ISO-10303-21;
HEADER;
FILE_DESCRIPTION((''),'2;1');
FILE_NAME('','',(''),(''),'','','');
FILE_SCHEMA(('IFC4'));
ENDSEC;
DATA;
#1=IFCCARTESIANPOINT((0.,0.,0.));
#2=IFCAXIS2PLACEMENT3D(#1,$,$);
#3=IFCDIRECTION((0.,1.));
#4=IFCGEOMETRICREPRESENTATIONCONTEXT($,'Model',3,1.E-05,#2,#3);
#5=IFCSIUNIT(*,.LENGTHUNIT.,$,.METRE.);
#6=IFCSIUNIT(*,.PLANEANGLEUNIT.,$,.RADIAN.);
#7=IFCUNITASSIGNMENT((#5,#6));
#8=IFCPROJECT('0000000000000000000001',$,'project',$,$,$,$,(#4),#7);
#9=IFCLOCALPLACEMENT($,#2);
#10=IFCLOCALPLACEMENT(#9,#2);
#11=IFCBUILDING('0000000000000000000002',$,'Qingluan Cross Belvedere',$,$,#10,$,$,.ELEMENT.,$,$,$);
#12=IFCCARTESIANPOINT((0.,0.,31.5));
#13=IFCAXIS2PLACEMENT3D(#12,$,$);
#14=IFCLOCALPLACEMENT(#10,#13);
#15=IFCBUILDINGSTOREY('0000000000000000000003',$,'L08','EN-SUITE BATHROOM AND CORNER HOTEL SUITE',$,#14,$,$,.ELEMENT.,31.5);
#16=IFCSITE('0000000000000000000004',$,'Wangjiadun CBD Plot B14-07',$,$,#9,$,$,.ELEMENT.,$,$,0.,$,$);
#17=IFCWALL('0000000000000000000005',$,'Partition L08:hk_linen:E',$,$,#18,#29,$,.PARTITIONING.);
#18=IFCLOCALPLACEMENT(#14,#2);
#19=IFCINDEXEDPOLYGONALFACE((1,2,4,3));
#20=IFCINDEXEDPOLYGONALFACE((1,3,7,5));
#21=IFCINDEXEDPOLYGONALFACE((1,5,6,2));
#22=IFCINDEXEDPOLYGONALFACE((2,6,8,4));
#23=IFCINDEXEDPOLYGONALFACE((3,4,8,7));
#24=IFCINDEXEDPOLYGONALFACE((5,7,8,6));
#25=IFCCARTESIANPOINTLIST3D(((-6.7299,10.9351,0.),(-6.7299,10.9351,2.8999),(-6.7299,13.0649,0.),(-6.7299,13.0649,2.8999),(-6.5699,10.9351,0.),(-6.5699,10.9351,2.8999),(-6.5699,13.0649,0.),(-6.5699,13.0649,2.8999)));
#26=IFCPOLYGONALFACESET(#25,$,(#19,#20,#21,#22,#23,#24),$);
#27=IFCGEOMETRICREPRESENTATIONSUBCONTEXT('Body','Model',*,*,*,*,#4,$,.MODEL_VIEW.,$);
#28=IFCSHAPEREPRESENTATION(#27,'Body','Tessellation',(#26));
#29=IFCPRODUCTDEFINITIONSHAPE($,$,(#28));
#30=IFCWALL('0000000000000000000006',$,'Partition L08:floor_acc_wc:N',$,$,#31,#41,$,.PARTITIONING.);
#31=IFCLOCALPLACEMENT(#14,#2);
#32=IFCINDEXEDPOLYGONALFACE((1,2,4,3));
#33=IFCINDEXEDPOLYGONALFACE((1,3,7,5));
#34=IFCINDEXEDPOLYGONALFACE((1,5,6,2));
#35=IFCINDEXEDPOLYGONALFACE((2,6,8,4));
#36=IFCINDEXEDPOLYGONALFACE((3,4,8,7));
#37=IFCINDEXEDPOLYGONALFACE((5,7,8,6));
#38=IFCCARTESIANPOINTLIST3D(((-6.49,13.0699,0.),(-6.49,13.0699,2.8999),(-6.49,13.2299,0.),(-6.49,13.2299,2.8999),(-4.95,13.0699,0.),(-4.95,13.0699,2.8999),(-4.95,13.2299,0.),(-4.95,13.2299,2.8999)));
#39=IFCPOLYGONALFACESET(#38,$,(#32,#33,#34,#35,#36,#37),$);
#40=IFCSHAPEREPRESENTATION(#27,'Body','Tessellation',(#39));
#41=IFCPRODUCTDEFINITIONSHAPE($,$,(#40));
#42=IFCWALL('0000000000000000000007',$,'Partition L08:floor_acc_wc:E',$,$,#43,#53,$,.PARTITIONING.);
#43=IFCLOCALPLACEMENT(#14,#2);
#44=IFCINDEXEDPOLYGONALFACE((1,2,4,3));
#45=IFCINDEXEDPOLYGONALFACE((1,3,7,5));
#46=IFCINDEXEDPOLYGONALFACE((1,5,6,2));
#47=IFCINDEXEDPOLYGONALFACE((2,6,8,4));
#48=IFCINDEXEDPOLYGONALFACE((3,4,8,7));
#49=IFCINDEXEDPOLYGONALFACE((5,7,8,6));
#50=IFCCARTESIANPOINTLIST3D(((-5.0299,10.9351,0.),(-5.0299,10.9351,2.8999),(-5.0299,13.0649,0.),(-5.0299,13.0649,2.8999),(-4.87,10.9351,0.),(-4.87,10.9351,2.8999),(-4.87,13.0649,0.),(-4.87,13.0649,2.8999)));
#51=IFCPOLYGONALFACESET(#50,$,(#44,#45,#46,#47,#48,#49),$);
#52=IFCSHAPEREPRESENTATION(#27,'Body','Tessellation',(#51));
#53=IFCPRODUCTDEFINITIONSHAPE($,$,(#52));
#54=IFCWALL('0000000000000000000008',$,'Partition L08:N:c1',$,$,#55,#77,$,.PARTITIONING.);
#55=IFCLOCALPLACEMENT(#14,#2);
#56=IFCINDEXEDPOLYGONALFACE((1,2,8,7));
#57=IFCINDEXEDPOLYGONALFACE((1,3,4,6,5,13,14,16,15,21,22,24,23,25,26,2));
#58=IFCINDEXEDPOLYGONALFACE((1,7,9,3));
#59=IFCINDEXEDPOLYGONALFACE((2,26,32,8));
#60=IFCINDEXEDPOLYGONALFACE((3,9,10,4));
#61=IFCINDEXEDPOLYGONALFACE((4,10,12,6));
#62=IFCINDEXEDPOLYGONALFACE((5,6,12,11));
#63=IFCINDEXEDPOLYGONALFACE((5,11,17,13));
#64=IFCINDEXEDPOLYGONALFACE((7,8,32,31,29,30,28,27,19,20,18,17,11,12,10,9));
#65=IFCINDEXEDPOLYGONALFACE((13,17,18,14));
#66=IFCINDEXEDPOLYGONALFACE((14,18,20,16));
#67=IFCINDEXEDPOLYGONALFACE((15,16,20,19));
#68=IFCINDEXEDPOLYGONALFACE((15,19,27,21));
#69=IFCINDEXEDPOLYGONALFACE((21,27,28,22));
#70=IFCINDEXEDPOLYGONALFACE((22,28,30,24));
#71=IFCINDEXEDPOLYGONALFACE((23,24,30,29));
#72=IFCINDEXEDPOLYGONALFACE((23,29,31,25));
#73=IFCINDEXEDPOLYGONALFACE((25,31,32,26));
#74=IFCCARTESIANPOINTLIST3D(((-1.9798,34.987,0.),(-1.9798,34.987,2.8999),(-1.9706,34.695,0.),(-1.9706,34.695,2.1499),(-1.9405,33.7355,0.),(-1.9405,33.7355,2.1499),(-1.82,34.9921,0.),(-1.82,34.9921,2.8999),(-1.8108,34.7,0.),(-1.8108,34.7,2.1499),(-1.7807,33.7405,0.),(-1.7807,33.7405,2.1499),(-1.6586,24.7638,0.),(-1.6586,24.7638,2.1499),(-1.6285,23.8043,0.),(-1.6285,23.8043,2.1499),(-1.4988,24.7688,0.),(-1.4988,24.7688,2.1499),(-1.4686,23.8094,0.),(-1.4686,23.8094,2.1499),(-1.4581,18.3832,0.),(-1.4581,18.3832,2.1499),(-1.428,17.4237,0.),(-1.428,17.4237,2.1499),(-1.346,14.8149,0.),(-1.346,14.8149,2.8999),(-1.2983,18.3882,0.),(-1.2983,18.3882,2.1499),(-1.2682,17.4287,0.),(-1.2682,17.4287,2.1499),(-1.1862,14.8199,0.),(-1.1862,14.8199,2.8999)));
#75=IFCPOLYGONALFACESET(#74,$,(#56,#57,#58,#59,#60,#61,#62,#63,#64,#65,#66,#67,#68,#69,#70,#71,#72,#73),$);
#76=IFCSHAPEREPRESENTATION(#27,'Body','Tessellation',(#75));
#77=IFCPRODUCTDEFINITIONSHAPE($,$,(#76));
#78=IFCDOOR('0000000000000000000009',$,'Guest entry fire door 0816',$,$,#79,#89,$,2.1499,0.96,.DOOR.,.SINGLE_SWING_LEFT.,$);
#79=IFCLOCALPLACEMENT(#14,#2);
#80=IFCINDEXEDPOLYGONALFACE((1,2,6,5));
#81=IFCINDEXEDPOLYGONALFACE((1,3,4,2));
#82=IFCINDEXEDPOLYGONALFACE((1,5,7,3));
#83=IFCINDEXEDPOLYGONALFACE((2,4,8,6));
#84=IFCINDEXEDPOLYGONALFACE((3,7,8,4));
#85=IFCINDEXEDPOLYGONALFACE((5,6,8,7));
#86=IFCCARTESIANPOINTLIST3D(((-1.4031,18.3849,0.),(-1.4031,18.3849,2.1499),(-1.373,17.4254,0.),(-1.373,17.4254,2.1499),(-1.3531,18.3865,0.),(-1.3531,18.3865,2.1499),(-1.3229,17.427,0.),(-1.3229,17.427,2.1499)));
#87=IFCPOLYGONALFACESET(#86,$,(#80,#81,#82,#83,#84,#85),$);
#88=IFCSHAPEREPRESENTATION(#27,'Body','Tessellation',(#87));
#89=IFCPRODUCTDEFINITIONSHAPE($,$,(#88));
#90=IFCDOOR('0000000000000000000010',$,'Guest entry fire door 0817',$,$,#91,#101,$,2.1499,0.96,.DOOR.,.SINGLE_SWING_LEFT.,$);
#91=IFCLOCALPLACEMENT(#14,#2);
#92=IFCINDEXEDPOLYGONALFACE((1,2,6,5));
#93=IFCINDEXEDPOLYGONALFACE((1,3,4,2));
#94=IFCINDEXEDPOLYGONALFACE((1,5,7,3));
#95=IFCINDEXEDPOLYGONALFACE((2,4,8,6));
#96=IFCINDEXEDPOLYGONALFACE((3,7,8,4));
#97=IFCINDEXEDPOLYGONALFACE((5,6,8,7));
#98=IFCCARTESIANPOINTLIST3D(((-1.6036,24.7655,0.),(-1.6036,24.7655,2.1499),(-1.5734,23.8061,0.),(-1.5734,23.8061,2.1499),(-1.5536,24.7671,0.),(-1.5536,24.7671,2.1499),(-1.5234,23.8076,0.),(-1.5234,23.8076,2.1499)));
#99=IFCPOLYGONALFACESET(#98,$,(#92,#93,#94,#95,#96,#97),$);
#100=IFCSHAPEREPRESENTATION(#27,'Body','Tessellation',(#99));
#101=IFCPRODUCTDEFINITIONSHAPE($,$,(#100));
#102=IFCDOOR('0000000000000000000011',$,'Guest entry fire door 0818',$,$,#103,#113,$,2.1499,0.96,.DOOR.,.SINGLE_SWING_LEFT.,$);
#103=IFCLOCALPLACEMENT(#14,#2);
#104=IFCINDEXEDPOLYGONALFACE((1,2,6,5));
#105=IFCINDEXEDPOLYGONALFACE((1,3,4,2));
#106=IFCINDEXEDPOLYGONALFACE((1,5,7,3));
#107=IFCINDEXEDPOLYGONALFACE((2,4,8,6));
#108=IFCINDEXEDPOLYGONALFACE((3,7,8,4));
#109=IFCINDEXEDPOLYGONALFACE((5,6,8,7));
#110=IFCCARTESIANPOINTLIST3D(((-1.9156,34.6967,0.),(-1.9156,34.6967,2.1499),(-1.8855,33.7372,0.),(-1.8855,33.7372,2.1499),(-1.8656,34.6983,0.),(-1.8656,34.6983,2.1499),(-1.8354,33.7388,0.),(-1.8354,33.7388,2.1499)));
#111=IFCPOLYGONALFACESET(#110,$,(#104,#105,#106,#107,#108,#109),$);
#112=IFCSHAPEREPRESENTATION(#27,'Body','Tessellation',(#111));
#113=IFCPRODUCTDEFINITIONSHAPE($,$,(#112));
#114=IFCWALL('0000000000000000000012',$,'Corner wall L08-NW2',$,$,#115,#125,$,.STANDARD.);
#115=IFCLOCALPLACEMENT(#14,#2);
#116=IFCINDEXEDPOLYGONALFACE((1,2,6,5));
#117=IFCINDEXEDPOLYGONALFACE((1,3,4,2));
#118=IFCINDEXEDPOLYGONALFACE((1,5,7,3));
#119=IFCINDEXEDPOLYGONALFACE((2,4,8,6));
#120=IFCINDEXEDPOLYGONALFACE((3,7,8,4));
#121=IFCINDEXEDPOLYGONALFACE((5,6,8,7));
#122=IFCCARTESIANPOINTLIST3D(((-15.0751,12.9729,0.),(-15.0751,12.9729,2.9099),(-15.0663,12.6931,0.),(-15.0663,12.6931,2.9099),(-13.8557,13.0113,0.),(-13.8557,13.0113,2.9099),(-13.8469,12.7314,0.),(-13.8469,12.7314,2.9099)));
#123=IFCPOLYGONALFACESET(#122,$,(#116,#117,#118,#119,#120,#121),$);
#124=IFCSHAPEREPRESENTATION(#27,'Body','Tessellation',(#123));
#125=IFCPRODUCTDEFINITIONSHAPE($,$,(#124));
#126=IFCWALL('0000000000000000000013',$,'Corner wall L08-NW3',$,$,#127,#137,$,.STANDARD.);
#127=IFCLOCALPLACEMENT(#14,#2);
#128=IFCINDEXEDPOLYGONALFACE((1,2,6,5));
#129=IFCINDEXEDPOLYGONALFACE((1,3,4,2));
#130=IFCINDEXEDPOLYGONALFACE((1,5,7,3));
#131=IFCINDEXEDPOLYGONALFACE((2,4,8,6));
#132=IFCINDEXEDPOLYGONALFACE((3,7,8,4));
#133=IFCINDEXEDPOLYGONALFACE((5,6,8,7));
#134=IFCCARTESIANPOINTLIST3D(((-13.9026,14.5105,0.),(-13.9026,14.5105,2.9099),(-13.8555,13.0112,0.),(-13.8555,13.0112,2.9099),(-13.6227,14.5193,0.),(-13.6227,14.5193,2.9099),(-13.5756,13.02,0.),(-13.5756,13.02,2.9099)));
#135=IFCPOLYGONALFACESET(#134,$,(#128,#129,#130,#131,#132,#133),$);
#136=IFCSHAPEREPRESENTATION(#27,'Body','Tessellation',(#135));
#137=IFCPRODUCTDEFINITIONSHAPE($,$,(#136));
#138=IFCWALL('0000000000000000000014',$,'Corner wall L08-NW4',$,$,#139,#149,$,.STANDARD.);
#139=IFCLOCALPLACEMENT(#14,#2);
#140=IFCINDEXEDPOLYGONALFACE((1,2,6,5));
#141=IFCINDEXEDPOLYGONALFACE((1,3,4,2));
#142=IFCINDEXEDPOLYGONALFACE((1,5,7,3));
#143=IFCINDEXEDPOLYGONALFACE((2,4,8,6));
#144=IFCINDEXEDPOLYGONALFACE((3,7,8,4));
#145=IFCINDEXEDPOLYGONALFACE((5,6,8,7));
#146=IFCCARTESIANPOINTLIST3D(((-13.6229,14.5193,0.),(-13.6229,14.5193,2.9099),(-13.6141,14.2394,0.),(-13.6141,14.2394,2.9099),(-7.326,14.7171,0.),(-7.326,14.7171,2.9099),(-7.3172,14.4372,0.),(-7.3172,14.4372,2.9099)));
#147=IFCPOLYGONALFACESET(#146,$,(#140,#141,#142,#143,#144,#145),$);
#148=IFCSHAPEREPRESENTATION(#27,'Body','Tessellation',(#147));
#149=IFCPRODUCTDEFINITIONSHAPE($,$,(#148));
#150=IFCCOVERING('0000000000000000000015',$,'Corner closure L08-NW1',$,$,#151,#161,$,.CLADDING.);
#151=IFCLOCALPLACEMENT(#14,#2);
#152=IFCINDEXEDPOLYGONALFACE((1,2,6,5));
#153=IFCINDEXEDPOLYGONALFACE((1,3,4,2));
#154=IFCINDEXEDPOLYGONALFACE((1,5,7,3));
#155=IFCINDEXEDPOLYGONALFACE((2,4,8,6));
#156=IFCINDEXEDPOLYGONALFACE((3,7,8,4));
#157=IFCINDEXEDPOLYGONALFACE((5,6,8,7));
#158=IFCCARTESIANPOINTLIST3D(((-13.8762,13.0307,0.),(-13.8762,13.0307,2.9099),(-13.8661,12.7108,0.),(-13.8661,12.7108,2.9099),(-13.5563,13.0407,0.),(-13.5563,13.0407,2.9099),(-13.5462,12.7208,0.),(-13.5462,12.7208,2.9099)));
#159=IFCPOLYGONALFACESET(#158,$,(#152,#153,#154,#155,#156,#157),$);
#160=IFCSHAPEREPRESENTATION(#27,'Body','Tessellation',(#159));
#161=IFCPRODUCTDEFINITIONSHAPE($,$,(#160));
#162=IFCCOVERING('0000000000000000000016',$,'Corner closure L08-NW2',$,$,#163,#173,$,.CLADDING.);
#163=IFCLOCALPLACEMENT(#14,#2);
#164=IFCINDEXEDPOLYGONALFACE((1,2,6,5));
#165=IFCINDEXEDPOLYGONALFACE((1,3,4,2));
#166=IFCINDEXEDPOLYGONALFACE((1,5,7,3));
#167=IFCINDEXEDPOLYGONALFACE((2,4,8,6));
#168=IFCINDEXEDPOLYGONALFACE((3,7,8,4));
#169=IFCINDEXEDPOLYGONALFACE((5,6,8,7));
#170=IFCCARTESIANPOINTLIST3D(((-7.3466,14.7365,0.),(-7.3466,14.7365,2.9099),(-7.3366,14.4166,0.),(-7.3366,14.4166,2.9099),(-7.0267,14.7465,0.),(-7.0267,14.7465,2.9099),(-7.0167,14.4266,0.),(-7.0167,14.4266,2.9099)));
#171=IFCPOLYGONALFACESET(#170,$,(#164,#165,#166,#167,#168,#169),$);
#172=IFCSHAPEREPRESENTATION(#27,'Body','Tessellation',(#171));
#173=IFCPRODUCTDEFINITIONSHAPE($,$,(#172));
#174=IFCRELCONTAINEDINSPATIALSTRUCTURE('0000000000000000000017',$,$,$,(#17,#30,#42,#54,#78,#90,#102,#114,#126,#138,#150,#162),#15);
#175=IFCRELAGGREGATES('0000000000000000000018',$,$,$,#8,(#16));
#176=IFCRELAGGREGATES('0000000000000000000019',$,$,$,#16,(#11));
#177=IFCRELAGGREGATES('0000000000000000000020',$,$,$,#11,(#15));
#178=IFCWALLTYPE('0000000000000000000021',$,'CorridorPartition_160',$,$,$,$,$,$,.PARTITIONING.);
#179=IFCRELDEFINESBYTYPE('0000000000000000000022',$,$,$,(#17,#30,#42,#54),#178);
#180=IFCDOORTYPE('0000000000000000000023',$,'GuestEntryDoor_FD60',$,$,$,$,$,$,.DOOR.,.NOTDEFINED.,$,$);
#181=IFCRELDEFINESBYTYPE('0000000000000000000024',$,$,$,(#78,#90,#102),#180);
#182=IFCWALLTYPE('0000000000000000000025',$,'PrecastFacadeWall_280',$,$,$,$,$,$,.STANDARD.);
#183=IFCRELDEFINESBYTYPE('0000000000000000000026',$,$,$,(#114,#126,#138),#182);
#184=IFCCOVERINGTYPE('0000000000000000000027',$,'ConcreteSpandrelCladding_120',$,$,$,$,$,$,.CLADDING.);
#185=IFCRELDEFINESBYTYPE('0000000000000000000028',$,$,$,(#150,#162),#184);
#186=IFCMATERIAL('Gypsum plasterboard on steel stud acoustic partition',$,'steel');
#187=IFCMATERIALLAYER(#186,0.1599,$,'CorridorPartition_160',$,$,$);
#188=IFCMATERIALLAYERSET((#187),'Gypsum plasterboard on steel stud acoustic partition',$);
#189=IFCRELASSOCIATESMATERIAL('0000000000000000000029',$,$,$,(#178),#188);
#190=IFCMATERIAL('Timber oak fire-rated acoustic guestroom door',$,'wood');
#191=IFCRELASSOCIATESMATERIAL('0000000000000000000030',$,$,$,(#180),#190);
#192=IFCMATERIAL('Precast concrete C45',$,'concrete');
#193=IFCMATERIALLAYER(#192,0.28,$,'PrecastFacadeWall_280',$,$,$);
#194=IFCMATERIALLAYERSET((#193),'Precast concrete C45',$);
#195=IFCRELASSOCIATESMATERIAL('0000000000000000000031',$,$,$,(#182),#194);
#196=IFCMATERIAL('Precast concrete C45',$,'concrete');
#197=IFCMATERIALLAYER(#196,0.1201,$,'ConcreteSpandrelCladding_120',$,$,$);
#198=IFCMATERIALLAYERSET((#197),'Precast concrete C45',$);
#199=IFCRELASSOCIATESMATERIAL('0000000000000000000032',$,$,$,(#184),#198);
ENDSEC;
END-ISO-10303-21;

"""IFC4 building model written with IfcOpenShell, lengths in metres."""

from ifc_helpers import new_model, si_unit, direction, frame, frame_2d, origin, origin_2d, place, context, subcontext, project, spatial, rectangle, extrude, material, layer, layer_set, type_object, element, fill, save


model = new_model("IFC4")

# Units and contexts
model_context = context("Model", 3, precision=1e-05, world=origin(), true_north=direction((0.0, 1.0)))
body_context = subcontext(model_context, "Body", "Model", "MODEL_VIEW")
ifc_project = project(units=[si_unit("LENGTHUNIT", "METRE"), si_unit("PLANEANGLEUNIT", "RADIAN")], contexts=[model_context])

# Site, building, storey
site_placement = place(None, origin())
site = spatial("IfcSite", under=ifc_project, at=site_placement, Name="Wangjiadun CBD Plot B14-07", CompositionType="ELEMENT", RefElevation=0.0)
building_placement = place(site_placement, origin())
building = spatial("IfcBuilding", under=site, at=building_placement, Name="Qingluan Cross Belvedere", CompositionType="ELEMENT")
storey_placement = place(building_placement, frame((0.0, 0.0, 31.5)))
storey = spatial("IfcBuildingStorey", under=building, at=storey_placement, Name="L08", Description="EN-SUITE BATHROOM AND CORNER HOTEL SUITE", CompositionType="ELEMENT", Elevation=31.5)

# Wall
ifc_material_1 = material(Name="Gypsum plasterboard on steel stud acoustic partition", Category="steel")
ifc_layer_1 = layer(ifc_material_1, 0.1599, Name="CorridorPartition_160")
ifc_layer_set_1 = layer_set([ifc_layer_1], Name="Gypsum plasterboard on steel stud acoustic partition")
wall_type_1 = type_object("IfcWallType", Name="CorridorPartition_160", PredefinedType="PARTITIONING", material=ifc_layer_set_1)
wall_1_placement = place(storey_placement, frame((-6.6499, 10.9351, 0.0), z_axis=(0.0, 0.0, 1.0), x_axis=(0.0, 1.0, 0.0)))
element("IfcWall", 1, at=wall_1_placement, inside=storey, type_object=wall_type_1, Name="Partition L08:hk_linen:E", PredefinedType="PARTITIONING", context=body_context, shape_type="SweptSolid", body=[
    extrude(rectangle(XDim=2.1299, YDim=0.1599, at=frame_2d((1.0649, 0.0))), origin(), (0.0, 0.0, 1.0), 2.8999),
])

# Walls
wall_2_placement = place(storey_placement, frame((-6.49, 13.1499, 0.0), z_axis=(0.0, 0.0, 1.0), x_axis=(1.0, 0.0, 0.0)))
element("IfcWall", 2, at=wall_2_placement, inside=storey, type_object=wall_type_1, Name="Partition L08:floor_acc_wc:N", PredefinedType="PARTITIONING", context=body_context, shape_type="SweptSolid", body=[
    extrude(rectangle(XDim=1.54, YDim=0.1599, at=frame_2d((0.77, 0.0))), origin(), (0.0, 0.0, 1.0), 2.8999),
])
wall_3_placement = place(storey_placement, frame((-4.95, 10.9351, 0.0), z_axis=(0.0, 0.0, 1.0), x_axis=(0.0, 1.0, 0.0)))
element("IfcWall", 3, at=wall_3_placement, inside=storey, type_object=wall_type_1, Name="Partition L08:floor_acc_wc:E", PredefinedType="PARTITIONING", context=body_context, shape_type="SweptSolid", body=[
    extrude(rectangle(XDim=2.1299, YDim=0.1599, at=frame_2d((1.0649, 0.0))), origin(), (0.0, 0.0, 1.0), 2.8999),
])

# Wall, openings, doors
wall_4_placement = place(storey_placement, frame((-1.2661, 14.8174, 0.0), z_axis=(0.0, 0.0, 1.0), x_axis=(-0.031404, 0.999507, 0.0)))
wall_4 = element("IfcWall", 4, at=wall_4_placement, inside=storey, type_object=wall_type_1, Name="Partition L08:N:c1", PredefinedType="PARTITIONING", context=body_context, shape_type="SweptSolid", body=[
    extrude(rectangle(XDim=20.1821, YDim=0.1599, at=frame_2d((10.0911, 0.0))), origin(), (0.0, 0.0, 1.0), 2.8999),
])
opening_1_placement = place(wall_4_placement, frame((2.6101, 0.0, 0.0)))
opening_1 = element("IfcOpeningElement", 5, at=opening_1_placement, cuts=wall_4, PredefinedType="OPENING", context=body_context, shape_type="SweptSolid", body=[
    extrude(rectangle(XDim=0.96, YDim=2.1499, at=frame_2d((0.48, 1.075))), frame((0.0, 0.0898, 0.0), z_axis=(0.0, -1.0, 0.0), x_axis=(1.0, 0.0, 0.0)), (0.0, 0.0, 1.0), 0.1799),
])
opening_2_placement = place(wall_4_placement, frame((8.9939, 0.0, 0.0)))
opening_2 = element("IfcOpeningElement", 6, at=opening_2_placement, cuts=wall_4, PredefinedType="OPENING", context=body_context, shape_type="SweptSolid", body=[
    extrude(rectangle(XDim=0.96, YDim=2.1499, at=frame_2d((0.48, 1.075))), frame((0.0, 0.0898, 0.0), z_axis=(0.0, -1.0, 0.0), x_axis=(1.0, 0.0, 0.0)), (0.0, 0.0, 1.0), 0.1799),
])
opening_3_placement = place(wall_4_placement, frame((18.9299, 0.0, 0.0)))
opening_3 = element("IfcOpeningElement", 7, at=opening_3_placement, cuts=wall_4, PredefinedType="OPENING", context=body_context, shape_type="SweptSolid", body=[
    extrude(rectangle(XDim=0.96, YDim=2.1499, at=frame_2d((0.48, 1.075))), frame((0.0, 0.0898, 0.0), z_axis=(0.0, -1.0, 0.0), x_axis=(1.0, 0.0, 0.0)), (0.0, 0.0, 1.0), 0.1799),
])
ifc_material_2 = material(Name="Timber oak fire-rated acoustic guestroom door", Category="wood")
door_type_1 = type_object("IfcDoorType", Name="GuestEntryDoor_FD60", OperationType="NOTDEFINED", PredefinedType="DOOR", material=ifc_material_2)
door_1_placement = place(opening_1_placement, origin())
door_1 = element("IfcDoor", 8, at=door_1_placement, inside=storey, type_object=door_type_1, Name="Guest entry fire door 0816", OperationType="SINGLE_SWING_LEFT", OverallHeight=2.1499, OverallWidth=0.96, PredefinedType="DOOR", context=body_context, shape_type="SweptSolid", body=[
    extrude(rectangle(XDim=0.96, YDim=2.1499, at=frame_2d((0.48, 1.075))), frame((0.0, 0.0249, 0.0), z_axis=(0.0, -1.0, 0.0), x_axis=(1.0, 0.0, 0.0)), (0.0, 0.0, 1.0), 0.05),
])
fill(opening_1, door_1)
door_2_placement = place(opening_2_placement, origin())
door_2 = element("IfcDoor", 9, at=door_2_placement, inside=storey, type_object=door_type_1, Name="Guest entry fire door 0817", OperationType="SINGLE_SWING_LEFT", OverallHeight=2.1499, OverallWidth=0.96, PredefinedType="DOOR", context=body_context, shape_type="SweptSolid", body=[
    extrude(rectangle(XDim=0.96, YDim=2.1499, at=frame_2d((0.48, 1.075))), frame((0.0, 0.0249, 0.0), z_axis=(0.0, -1.0, 0.0), x_axis=(1.0, 0.0, 0.0)), (0.0, 0.0, 1.0), 0.05),
])
fill(opening_2, door_2)
door_3_placement = place(opening_3_placement, origin())
door_3 = element("IfcDoor", 10, at=door_3_placement, inside=storey, type_object=door_type_1, Name="Guest entry fire door 0818", OperationType="SINGLE_SWING_LEFT", OverallHeight=2.1499, OverallWidth=0.96, PredefinedType="DOOR", context=body_context, shape_type="SweptSolid", body=[
    extrude(rectangle(XDim=0.96, YDim=2.1499, at=frame_2d((0.48, 1.075))), frame((0.0, 0.0249, 0.0), z_axis=(0.0, -1.0, 0.0), x_axis=(1.0, 0.0, 0.0)), (0.0, 0.0, 1.0), 0.05),
])
fill(opening_3, door_3)

# Walls
ifc_material_3 = material(Name="Precast concrete C45", Category="concrete")
ifc_layer_2 = layer(ifc_material_3, 0.28, Name="PrecastFacadeWall_280")
ifc_layer_set_2 = layer_set([ifc_layer_2], Name="Precast concrete C45")
wall_type_2 = type_object("IfcWallType", Name="PrecastFacadeWall_280", PredefinedType="STANDARD", material=ifc_layer_set_2)
wall_5_placement = place(storey_placement, frame((-15.0706, 12.833, 0.0), z_axis=(0.0, 0.0, 1.0), x_axis=(0.999506, 0.031416, 0.0)))
element("IfcWall", 11, at=wall_5_placement, inside=storey, type_object=wall_type_2, Name="Corner wall L08-NW2", PredefinedType="STANDARD", context=body_context, shape_type="SweptSolid", body=[
    extrude(rectangle(XDim=1.22, YDim=0.28, at=frame_2d((0.6099, 0.0))), origin(), (0.0, 0.0, 1.0), 2.9099),
])
wall_6_placement = place(storey_placement, frame((-13.7156, 13.0156, 0.0), z_axis=(0.0, 0.0, 1.0), x_axis=(-0.031413, 0.999507, 0.0)))
element("IfcWall", 12, at=wall_6_placement, inside=storey, type_object=wall_type_2, Name="Corner wall L08-NW3", PredefinedType="STANDARD", context=body_context, shape_type="SweptSolid", body=[
    extrude(rectangle(XDim=1.5, YDim=0.28, at=frame_2d((0.75, 0.0))), origin(), (0.0, 0.0, 1.0), 2.9099),
])
wall_7_placement = place(storey_placement, frame((-13.6184, 14.3794, 0.0), z_axis=(0.0, 0.0, 1.0), x_axis=(0.999507, 0.03139, 0.0)))
element("IfcWall", 13, at=wall_7_placement, inside=storey, type_object=wall_type_2, Name="Corner wall L08-NW4", PredefinedType="STANDARD", context=body_context, shape_type="SweptSolid", body=[
    extrude(rectangle(XDim=6.3, YDim=0.28, at=frame_2d((3.1499, 0.0))), origin(), (0.0, 0.0, 1.0), 2.9099),
])

# Coverings
ifc_material_4 = material(Name="Precast concrete C45", Category="concrete")
ifc_layer_3 = layer(ifc_material_4, 0.1201, Name="ConcreteSpandrelCladding_120")
ifc_layer_set_3 = layer_set([ifc_layer_3], Name="Precast concrete C45")
covering_type = type_object("IfcCoveringType", Name="ConcreteSpandrelCladding_120", PredefinedType="CLADDING", material=ifc_layer_set_3)
for number, where, z_axis, x_axis, name in (
    (14, (-13.7112, 12.8757, 0.0), (0.0, 0.0, 1.0), (0.999507, 0.031411, 0.0), "Corner closure L08-NW1"),
    (15, (-7.1816, 14.5815, 0.0), (0.0, 0.0, 1.0), (0.999507, 0.031411, 0.0), "Corner closure L08-NW2"),
):
    element("IfcCovering", number, at=place(storey_placement, frame(where, z_axis=z_axis, x_axis=x_axis)), inside=storey, type_object=covering_type, Name=name, PredefinedType="CLADDING", context=body_context, shape_type="SweptSolid", body=[
        extrude(rectangle(XDim=0.3201, YDim=0.3201, at=origin_2d()), origin(), (0.0, 0.0, 1.0), 2.9099),
    ])

save(model, "model.ifc")
